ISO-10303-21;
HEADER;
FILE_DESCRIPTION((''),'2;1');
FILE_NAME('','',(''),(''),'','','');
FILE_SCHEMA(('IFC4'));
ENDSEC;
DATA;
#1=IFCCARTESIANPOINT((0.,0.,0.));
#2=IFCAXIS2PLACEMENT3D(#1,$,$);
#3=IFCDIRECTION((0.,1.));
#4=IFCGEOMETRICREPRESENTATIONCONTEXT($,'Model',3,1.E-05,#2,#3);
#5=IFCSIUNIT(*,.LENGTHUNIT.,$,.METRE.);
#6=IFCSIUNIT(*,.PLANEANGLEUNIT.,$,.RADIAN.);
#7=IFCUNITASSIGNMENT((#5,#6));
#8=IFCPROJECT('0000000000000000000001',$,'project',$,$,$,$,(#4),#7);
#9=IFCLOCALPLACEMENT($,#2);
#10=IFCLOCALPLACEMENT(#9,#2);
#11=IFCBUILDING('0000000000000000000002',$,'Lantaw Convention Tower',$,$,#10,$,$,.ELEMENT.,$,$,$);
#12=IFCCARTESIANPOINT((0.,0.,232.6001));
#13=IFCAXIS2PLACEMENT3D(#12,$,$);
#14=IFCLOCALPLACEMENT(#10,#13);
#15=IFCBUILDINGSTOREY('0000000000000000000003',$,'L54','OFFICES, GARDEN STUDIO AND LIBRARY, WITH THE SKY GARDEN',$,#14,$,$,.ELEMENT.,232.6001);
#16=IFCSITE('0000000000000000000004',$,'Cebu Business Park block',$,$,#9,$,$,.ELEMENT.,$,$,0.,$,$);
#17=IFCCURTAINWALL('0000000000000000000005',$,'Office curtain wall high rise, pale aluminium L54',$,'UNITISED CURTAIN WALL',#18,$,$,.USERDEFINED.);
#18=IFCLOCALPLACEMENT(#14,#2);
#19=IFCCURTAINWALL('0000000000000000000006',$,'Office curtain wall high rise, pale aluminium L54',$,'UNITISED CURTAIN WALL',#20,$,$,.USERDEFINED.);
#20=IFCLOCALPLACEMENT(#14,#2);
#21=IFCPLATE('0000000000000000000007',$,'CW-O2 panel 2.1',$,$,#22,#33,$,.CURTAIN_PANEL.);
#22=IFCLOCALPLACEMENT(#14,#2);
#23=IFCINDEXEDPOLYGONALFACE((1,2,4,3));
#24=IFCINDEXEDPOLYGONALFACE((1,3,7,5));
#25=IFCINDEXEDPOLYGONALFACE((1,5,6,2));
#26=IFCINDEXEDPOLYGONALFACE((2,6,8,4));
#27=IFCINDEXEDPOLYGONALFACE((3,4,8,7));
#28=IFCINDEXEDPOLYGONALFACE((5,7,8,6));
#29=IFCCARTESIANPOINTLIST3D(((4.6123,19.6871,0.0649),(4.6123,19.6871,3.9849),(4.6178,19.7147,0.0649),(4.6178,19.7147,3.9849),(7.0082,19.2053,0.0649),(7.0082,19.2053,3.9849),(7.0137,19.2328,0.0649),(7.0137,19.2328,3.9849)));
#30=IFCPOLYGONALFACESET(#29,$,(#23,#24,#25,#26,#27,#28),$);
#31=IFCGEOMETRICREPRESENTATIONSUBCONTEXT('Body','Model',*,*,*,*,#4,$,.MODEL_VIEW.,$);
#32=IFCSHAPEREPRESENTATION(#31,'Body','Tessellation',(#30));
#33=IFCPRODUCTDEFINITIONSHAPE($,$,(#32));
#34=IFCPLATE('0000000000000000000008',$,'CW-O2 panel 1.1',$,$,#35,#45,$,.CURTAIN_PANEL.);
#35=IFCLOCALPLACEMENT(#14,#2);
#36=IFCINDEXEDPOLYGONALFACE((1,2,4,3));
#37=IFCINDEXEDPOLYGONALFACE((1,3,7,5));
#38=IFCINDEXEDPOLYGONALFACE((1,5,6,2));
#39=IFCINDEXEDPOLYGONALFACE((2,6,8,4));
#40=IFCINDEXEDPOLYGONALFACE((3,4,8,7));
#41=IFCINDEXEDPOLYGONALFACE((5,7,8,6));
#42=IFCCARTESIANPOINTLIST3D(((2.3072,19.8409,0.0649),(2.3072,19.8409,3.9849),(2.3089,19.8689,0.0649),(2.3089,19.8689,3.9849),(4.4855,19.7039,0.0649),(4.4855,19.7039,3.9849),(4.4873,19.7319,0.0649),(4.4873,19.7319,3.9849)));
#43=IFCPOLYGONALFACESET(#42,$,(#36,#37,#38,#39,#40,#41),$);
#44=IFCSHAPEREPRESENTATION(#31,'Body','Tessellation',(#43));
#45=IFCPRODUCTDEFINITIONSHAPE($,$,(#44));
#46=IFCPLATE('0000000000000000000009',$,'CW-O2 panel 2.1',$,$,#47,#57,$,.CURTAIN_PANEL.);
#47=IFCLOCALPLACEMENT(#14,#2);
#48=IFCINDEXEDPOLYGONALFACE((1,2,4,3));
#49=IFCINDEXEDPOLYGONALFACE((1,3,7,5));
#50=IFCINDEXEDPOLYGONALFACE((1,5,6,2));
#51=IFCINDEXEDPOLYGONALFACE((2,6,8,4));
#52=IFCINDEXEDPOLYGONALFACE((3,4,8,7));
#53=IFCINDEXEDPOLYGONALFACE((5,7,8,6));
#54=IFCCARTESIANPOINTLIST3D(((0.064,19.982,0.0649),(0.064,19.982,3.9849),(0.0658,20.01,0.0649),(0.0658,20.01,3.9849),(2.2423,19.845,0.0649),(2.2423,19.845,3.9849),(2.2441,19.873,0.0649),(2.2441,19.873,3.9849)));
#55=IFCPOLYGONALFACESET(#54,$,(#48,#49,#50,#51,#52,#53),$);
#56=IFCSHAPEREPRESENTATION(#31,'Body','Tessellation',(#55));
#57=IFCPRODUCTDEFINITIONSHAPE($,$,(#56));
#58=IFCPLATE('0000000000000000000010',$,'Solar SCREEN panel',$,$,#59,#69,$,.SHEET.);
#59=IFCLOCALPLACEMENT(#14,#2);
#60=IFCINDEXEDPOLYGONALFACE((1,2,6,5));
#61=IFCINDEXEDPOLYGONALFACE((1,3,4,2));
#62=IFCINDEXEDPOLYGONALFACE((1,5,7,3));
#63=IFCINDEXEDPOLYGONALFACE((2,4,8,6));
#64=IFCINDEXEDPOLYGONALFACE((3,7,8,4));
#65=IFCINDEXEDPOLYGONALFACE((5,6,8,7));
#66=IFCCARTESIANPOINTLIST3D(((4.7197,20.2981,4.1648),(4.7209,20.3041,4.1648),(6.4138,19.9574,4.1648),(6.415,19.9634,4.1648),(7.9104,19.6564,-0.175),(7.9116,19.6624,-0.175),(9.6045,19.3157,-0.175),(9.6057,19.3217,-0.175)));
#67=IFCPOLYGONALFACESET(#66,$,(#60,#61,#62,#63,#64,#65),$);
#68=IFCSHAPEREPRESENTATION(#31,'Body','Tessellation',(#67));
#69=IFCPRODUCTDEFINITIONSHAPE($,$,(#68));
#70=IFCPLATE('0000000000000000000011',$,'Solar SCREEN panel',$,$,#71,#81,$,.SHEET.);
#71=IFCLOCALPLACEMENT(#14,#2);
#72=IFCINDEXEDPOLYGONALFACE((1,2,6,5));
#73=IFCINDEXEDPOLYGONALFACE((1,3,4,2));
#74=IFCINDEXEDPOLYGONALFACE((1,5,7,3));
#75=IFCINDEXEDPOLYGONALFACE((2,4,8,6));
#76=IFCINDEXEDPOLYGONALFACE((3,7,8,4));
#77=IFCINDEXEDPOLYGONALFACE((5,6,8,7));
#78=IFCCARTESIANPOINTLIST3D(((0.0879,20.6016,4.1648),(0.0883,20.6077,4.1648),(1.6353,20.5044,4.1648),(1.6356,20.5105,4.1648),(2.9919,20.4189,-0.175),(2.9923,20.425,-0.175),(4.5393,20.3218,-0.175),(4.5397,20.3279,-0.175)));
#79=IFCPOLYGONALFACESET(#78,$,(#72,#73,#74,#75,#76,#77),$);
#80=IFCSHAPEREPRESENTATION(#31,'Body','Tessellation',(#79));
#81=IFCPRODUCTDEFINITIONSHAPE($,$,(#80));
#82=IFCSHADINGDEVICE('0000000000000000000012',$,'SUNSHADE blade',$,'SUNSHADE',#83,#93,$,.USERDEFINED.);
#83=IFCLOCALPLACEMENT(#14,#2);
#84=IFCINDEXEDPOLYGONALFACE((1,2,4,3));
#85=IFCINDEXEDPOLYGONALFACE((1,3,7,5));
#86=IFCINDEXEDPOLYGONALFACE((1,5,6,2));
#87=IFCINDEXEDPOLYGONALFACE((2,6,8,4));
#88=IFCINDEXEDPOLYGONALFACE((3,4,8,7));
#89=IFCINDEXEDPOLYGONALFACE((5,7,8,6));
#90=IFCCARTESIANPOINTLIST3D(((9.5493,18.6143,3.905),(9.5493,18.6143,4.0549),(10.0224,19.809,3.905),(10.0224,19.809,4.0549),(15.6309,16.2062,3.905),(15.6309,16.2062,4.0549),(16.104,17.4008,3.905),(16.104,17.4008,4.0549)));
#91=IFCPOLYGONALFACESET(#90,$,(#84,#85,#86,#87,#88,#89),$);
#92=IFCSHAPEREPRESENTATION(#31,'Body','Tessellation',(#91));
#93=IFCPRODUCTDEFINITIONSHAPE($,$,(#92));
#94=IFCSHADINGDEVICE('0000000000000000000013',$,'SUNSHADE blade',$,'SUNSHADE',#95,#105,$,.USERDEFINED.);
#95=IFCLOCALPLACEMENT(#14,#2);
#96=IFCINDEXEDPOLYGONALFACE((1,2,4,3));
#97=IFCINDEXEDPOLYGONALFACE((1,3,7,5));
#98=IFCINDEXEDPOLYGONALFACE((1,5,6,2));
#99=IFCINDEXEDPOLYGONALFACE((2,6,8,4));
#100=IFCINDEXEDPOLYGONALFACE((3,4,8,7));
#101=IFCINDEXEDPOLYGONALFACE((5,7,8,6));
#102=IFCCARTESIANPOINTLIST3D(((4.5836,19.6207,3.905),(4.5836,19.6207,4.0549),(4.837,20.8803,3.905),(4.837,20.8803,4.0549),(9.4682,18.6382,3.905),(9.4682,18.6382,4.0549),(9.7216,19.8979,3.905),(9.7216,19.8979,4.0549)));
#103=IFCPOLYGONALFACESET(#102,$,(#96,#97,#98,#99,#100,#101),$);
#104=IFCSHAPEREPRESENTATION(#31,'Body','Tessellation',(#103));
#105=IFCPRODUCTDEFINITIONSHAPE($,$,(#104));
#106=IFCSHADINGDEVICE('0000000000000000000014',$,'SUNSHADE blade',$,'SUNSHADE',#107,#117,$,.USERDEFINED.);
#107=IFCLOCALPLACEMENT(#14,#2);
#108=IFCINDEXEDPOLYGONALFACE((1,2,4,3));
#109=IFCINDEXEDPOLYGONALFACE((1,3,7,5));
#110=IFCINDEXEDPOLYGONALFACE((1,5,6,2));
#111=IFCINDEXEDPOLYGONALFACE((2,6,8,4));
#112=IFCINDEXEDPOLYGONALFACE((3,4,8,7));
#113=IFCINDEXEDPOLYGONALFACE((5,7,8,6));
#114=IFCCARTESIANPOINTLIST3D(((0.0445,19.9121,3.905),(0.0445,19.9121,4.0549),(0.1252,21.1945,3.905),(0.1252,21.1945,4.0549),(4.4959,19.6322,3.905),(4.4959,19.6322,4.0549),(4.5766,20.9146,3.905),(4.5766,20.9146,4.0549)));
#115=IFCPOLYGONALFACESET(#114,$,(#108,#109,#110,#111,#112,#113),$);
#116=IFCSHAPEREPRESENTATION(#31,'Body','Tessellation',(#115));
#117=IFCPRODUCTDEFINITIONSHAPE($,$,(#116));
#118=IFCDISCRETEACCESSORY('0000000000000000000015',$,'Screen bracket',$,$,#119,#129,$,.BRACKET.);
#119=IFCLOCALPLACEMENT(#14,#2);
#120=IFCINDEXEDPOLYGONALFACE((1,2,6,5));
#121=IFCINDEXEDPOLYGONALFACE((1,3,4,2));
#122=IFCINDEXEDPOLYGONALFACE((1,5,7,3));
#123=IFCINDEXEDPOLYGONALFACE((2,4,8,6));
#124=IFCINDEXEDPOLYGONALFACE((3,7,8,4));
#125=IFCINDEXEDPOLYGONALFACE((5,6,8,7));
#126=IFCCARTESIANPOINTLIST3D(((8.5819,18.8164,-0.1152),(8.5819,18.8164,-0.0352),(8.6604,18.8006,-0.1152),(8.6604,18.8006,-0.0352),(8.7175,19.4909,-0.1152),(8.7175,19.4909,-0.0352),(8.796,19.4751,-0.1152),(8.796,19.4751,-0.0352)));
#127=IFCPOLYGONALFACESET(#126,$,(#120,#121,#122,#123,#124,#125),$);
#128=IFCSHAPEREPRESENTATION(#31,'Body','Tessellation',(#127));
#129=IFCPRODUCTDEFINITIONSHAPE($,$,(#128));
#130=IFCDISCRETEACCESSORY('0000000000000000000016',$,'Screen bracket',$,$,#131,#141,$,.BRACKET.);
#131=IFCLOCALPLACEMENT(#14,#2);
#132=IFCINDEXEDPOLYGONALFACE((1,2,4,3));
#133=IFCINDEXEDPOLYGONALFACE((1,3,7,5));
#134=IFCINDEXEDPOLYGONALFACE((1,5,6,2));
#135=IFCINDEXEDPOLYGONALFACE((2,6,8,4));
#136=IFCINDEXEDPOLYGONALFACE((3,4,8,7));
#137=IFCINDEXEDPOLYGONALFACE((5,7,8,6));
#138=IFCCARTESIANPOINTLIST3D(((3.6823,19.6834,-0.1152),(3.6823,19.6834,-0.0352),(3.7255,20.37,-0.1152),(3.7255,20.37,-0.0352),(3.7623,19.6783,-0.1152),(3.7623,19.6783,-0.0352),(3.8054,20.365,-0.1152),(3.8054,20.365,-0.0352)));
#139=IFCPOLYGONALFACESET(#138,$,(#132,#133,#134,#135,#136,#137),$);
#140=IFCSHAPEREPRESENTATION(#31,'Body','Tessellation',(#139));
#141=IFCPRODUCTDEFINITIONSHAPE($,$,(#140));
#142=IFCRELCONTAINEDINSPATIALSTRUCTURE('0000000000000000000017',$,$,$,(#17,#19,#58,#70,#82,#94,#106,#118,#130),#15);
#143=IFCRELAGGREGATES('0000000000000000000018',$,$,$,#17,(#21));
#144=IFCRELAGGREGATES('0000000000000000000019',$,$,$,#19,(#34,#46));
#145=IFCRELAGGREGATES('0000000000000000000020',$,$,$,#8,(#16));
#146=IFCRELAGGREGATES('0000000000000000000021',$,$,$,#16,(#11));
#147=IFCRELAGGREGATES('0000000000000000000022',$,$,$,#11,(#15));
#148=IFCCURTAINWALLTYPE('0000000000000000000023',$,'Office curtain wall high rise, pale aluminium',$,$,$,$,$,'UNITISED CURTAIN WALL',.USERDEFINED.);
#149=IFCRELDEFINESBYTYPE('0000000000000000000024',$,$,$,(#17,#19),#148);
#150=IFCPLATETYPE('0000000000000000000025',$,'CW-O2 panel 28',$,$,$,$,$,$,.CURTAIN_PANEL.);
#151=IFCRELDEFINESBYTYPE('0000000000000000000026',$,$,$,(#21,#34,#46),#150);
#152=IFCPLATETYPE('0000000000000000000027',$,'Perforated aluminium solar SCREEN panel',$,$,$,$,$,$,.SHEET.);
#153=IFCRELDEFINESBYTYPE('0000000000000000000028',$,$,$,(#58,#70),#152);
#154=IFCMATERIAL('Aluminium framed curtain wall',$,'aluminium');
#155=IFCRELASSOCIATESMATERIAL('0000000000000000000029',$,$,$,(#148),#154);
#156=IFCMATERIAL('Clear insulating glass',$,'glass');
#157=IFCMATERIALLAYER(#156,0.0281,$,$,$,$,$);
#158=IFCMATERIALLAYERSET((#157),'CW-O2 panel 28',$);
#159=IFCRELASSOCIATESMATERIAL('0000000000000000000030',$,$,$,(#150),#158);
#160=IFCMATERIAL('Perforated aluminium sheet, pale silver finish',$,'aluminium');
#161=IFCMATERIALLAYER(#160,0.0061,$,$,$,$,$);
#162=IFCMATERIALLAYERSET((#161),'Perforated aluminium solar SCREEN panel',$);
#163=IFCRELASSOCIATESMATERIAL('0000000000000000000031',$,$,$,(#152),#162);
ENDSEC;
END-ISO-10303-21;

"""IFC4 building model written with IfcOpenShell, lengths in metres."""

from ifc_helpers import new_model, si_unit, direction, frame, origin, origin_2d, place, context, subcontext, project, spatial, polyline, rectangle, outline, extrude, material, layer, layer_set, type_object, element, aggregate, save


model = new_model("IFC4")

# Units and contexts
model_context = context("Model", 3, precision=1e-05, world=origin(), true_north=direction((0.0, 1.0)))
body_context = subcontext(model_context, "Body", "Model", "MODEL_VIEW")
ifc_project = project(units=[si_unit("LENGTHUNIT", "METRE"), si_unit("PLANEANGLEUNIT", "RADIAN")], contexts=[model_context])

# Site, building, storey
site_placement = place(None, origin())
site = spatial("IfcSite", under=ifc_project, at=site_placement, Name="Cebu Business Park block", CompositionType="ELEMENT", RefElevation=0.0)
building_placement = place(site_placement, origin())
building = spatial("IfcBuilding", under=site, at=building_placement, Name="Lantaw Convention Tower", CompositionType="ELEMENT")
storey_placement = place(building_placement, frame((0.0, 0.0, 232.6001)))
storey = spatial("IfcBuildingStorey", under=building, at=storey_placement, Name="L54", Description="OFFICES, GARDEN STUDIO AND LIBRARY, WITH THE SKY GARDEN", CompositionType="ELEMENT", Elevation=232.6001)

# Shared definitions
ifc_material_1 = material(Name="Aluminium framed curtain wall", Category="aluminium")
curtain_wall_type = type_object("IfcCurtainWallType", Name="Office curtain wall high rise, pale aluminium", ElementType="UNITISED CURTAIN WALL", PredefinedType="USERDEFINED", material=ifc_material_1)

# Curtain walls
curtain_wall_1_placement = place(storey_placement, origin())
curtain_wall_1 = element("IfcCurtainWall", 1, at=curtain_wall_1_placement, inside=storey, type_object=curtain_wall_type, Name="Office curtain wall high rise, pale aluminium L54", ObjectType="UNITISED CURTAIN WALL", PredefinedType="USERDEFINED")
curtain_wall_2_placement = place(storey_placement, origin())
curtain_wall_2 = element("IfcCurtainWall", 2, at=curtain_wall_2_placement, inside=storey, type_object=curtain_wall_type, Name="Office curtain wall high rise, pale aluminium L54", ObjectType="UNITISED CURTAIN WALL", PredefinedType="USERDEFINED")

# Plates
ifc_material_2 = material(Name="Clear insulating glass", Category="glass")
ifc_layer_1 = layer(ifc_material_2, 0.0281)
ifc_layer_set_1 = layer_set([ifc_layer_1], Name="CW-O2 panel 28")
plate_type_1 = type_object("IfcPlateType", Name="CW-O2 panel 28", PredefinedType="CURTAIN_PANEL", material=ifc_layer_set_1)
plate_1_placement = place(storey_placement, frame((5.813, 19.46, 0.0649), z_axis=(0.0, 0.0, 1.0), x_axis=(-0.980367, 0.197183, 0.0)))
plate_1 = element("IfcPlate", 3, at=plate_1_placement, type_object=plate_type_1, Name="CW-O2 panel 2.1", PredefinedType="CURTAIN_PANEL", context=body_context, shape_type="SweptSolid", body=[
    extrude(rectangle(XDim=2.4438, YDim=0.0281, at=origin_2d()), origin(), (0.0, 0.0, 1.0), 3.9199),
])
aggregate(curtain_wall_1, [plate_1])
plate_2_placement = place(storey_placement, frame((3.3972, 19.7864, 0.0649), z_axis=(0.0, 0.0, 1.0), x_axis=(-0.998029, 0.062758, 0.0)))
plate_2 = element("IfcPlate", 4, at=plate_2_placement, type_object=plate_type_1, Name="CW-O2 panel 1.1", PredefinedType="CURTAIN_PANEL", context=body_context, shape_type="SweptSolid", body=[
    extrude(rectangle(XDim=2.1826, YDim=0.0281, at=origin_2d()), origin(), (0.0, 0.0, 1.0), 3.9199),
])
plate_3_placement = place(storey_placement, frame((1.1541, 19.9275, 0.0649), z_axis=(0.0, 0.0, 1.0), x_axis=(-0.998029, 0.062758, 0.0)))
plate_3 = element("IfcPlate", 5, at=plate_3_placement, type_object=plate_type_1, Name="CW-O2 panel 2.1", PredefinedType="CURTAIN_PANEL", context=body_context, shape_type="SweptSolid", body=[
    extrude(rectangle(XDim=2.1826, YDim=0.0281, at=origin_2d()), origin(), (0.0, 0.0, 1.0), 3.9199),
])
aggregate(curtain_wall_2, [plate_2, plate_3])

# Plates
ifc_material_3 = material(Name="Perforated aluminium sheet, pale silver finish", Category="aluminium")
ifc_layer_2 = layer(ifc_material_3, 0.0061)
ifc_layer_set_2 = layer_set([ifc_layer_2], Name="Perforated aluminium solar SCREEN panel")
plate_type_2 = type_object("IfcPlateType", Name="Perforated aluminium solar SCREEN panel", PredefinedType="SHEET", material=ifc_layer_set_2)
plate_4_placement = place(storey_placement, frame((9.6045, 19.3157, -0.175), z_axis=(-0.197162, -0.980371, 0.000011), x_axis=(-0.980371, 0.197162, 0.0)))
element("IfcPlate", 6, at=plate_4_placement, inside=storey, type_object=plate_type_2, Name="Solar SCREEN panel", PredefinedType="SHEET", context=body_context, shape_type="SweptSolid", body=[
    extrude(outline(polyline([(0.0, 0.0), (1.728, 0.0), (4.9826, -4.3398), (3.2545, -4.3398), (0.0, 0.0)])), origin(), (0.0, 0.0, -1.0), 0.0061),
])
plate_5_placement = place(storey_placement, frame((4.5393, 20.3218, -0.175), z_axis=(-0.062672, -0.998034, 0.000059), x_axis=(-0.998034, 0.062672, 0.0)))
element("IfcPlate", 7, at=plate_5_placement, inside=storey, type_object=plate_type_2, Name="Solar SCREEN panel", PredefinedType="SHEET", context=body_context, shape_type="SweptSolid", body=[
    extrude(outline(polyline([(0.0, 0.0), (1.5504, 0.0), (4.4602, -4.3398), (2.9098, -4.3398), (0.0, 0.0)])), origin(), (0.0, 0.0, -1.0), 0.0061),
])

# Shading devices
shading_device_1_placement = place(storey_placement, frame((12.8267, 18.0076, 3.905), z_axis=(0.0, 0.0, 1.0), x_axis=(-0.929762, 0.368162, 0.0)))
element("IfcShadingDevice", 8, at=shading_device_1_placement, inside=storey, Name="SUNSHADE blade", ObjectType="SUNSHADE", PredefinedType="USERDEFINED", context=body_context, shape_type="SweptSolid", body=[
    extrude(rectangle(XDim=6.541, YDim=1.2849, at=origin_2d()), origin(), (0.0, 0.0, 1.0), 0.1499),
])
shading_device_2_placement = place(storey_placement, frame((7.1526, 19.7593, 3.905), z_axis=(0.0, 0.0, 1.0), x_axis=(-0.980367, 0.197183, 0.0)))
element("IfcShadingDevice", 9, at=shading_device_2_placement, inside=storey, Name="SUNSHADE blade", ObjectType="SUNSHADE", PredefinedType="USERDEFINED", context=body_context, shape_type="SweptSolid", body=[
    extrude(rectangle(XDim=4.9824, YDim=1.2849, at=origin_2d()), origin(), (0.0, 0.0, 1.0), 0.1499),
])
shading_device_3_placement = place(storey_placement, frame((2.3105, 20.4133, 3.905), z_axis=(0.0, 0.0, 1.0), x_axis=(-0.998029, 0.062758, 0.0)))
element("IfcShadingDevice", 10, at=shading_device_3_placement, inside=storey, Name="SUNSHADE blade", ObjectType="SUNSHADE", PredefinedType="USERDEFINED", context=body_context, shape_type="SweptSolid", body=[
    extrude(rectangle(XDim=4.4602, YDim=1.2849, at=origin_2d()), origin(), (0.0, 0.0, 1.0), 0.1499),
])

# Discrete accessories
for number, where, z_axis, x_axis, name in (
    (11, (8.689, 19.1458, -0.1152), (0.0, 0.0, 1.0), (-0.980367, 0.197183, 0.0), "Screen bracket"),
    (12, (3.7439, 20.0242, -0.1152), (0.0, 0.0, 1.0), (-0.998029, 0.062758, 0.0), "Screen bracket"),
):
    element("IfcDiscreteAccessory", number, at=place(storey_placement, frame(where, z_axis=z_axis, x_axis=x_axis)), inside=storey, Name=name, PredefinedType="BRACKET", context=body_context, shape_type="SweptSolid", body=[
        extrude(rectangle(XDim=0.0801, YDim=0.688, at=origin_2d()), origin(), (0.0, 0.0, 1.0), 0.0801),
    ])

save(model, "model.ifc")
